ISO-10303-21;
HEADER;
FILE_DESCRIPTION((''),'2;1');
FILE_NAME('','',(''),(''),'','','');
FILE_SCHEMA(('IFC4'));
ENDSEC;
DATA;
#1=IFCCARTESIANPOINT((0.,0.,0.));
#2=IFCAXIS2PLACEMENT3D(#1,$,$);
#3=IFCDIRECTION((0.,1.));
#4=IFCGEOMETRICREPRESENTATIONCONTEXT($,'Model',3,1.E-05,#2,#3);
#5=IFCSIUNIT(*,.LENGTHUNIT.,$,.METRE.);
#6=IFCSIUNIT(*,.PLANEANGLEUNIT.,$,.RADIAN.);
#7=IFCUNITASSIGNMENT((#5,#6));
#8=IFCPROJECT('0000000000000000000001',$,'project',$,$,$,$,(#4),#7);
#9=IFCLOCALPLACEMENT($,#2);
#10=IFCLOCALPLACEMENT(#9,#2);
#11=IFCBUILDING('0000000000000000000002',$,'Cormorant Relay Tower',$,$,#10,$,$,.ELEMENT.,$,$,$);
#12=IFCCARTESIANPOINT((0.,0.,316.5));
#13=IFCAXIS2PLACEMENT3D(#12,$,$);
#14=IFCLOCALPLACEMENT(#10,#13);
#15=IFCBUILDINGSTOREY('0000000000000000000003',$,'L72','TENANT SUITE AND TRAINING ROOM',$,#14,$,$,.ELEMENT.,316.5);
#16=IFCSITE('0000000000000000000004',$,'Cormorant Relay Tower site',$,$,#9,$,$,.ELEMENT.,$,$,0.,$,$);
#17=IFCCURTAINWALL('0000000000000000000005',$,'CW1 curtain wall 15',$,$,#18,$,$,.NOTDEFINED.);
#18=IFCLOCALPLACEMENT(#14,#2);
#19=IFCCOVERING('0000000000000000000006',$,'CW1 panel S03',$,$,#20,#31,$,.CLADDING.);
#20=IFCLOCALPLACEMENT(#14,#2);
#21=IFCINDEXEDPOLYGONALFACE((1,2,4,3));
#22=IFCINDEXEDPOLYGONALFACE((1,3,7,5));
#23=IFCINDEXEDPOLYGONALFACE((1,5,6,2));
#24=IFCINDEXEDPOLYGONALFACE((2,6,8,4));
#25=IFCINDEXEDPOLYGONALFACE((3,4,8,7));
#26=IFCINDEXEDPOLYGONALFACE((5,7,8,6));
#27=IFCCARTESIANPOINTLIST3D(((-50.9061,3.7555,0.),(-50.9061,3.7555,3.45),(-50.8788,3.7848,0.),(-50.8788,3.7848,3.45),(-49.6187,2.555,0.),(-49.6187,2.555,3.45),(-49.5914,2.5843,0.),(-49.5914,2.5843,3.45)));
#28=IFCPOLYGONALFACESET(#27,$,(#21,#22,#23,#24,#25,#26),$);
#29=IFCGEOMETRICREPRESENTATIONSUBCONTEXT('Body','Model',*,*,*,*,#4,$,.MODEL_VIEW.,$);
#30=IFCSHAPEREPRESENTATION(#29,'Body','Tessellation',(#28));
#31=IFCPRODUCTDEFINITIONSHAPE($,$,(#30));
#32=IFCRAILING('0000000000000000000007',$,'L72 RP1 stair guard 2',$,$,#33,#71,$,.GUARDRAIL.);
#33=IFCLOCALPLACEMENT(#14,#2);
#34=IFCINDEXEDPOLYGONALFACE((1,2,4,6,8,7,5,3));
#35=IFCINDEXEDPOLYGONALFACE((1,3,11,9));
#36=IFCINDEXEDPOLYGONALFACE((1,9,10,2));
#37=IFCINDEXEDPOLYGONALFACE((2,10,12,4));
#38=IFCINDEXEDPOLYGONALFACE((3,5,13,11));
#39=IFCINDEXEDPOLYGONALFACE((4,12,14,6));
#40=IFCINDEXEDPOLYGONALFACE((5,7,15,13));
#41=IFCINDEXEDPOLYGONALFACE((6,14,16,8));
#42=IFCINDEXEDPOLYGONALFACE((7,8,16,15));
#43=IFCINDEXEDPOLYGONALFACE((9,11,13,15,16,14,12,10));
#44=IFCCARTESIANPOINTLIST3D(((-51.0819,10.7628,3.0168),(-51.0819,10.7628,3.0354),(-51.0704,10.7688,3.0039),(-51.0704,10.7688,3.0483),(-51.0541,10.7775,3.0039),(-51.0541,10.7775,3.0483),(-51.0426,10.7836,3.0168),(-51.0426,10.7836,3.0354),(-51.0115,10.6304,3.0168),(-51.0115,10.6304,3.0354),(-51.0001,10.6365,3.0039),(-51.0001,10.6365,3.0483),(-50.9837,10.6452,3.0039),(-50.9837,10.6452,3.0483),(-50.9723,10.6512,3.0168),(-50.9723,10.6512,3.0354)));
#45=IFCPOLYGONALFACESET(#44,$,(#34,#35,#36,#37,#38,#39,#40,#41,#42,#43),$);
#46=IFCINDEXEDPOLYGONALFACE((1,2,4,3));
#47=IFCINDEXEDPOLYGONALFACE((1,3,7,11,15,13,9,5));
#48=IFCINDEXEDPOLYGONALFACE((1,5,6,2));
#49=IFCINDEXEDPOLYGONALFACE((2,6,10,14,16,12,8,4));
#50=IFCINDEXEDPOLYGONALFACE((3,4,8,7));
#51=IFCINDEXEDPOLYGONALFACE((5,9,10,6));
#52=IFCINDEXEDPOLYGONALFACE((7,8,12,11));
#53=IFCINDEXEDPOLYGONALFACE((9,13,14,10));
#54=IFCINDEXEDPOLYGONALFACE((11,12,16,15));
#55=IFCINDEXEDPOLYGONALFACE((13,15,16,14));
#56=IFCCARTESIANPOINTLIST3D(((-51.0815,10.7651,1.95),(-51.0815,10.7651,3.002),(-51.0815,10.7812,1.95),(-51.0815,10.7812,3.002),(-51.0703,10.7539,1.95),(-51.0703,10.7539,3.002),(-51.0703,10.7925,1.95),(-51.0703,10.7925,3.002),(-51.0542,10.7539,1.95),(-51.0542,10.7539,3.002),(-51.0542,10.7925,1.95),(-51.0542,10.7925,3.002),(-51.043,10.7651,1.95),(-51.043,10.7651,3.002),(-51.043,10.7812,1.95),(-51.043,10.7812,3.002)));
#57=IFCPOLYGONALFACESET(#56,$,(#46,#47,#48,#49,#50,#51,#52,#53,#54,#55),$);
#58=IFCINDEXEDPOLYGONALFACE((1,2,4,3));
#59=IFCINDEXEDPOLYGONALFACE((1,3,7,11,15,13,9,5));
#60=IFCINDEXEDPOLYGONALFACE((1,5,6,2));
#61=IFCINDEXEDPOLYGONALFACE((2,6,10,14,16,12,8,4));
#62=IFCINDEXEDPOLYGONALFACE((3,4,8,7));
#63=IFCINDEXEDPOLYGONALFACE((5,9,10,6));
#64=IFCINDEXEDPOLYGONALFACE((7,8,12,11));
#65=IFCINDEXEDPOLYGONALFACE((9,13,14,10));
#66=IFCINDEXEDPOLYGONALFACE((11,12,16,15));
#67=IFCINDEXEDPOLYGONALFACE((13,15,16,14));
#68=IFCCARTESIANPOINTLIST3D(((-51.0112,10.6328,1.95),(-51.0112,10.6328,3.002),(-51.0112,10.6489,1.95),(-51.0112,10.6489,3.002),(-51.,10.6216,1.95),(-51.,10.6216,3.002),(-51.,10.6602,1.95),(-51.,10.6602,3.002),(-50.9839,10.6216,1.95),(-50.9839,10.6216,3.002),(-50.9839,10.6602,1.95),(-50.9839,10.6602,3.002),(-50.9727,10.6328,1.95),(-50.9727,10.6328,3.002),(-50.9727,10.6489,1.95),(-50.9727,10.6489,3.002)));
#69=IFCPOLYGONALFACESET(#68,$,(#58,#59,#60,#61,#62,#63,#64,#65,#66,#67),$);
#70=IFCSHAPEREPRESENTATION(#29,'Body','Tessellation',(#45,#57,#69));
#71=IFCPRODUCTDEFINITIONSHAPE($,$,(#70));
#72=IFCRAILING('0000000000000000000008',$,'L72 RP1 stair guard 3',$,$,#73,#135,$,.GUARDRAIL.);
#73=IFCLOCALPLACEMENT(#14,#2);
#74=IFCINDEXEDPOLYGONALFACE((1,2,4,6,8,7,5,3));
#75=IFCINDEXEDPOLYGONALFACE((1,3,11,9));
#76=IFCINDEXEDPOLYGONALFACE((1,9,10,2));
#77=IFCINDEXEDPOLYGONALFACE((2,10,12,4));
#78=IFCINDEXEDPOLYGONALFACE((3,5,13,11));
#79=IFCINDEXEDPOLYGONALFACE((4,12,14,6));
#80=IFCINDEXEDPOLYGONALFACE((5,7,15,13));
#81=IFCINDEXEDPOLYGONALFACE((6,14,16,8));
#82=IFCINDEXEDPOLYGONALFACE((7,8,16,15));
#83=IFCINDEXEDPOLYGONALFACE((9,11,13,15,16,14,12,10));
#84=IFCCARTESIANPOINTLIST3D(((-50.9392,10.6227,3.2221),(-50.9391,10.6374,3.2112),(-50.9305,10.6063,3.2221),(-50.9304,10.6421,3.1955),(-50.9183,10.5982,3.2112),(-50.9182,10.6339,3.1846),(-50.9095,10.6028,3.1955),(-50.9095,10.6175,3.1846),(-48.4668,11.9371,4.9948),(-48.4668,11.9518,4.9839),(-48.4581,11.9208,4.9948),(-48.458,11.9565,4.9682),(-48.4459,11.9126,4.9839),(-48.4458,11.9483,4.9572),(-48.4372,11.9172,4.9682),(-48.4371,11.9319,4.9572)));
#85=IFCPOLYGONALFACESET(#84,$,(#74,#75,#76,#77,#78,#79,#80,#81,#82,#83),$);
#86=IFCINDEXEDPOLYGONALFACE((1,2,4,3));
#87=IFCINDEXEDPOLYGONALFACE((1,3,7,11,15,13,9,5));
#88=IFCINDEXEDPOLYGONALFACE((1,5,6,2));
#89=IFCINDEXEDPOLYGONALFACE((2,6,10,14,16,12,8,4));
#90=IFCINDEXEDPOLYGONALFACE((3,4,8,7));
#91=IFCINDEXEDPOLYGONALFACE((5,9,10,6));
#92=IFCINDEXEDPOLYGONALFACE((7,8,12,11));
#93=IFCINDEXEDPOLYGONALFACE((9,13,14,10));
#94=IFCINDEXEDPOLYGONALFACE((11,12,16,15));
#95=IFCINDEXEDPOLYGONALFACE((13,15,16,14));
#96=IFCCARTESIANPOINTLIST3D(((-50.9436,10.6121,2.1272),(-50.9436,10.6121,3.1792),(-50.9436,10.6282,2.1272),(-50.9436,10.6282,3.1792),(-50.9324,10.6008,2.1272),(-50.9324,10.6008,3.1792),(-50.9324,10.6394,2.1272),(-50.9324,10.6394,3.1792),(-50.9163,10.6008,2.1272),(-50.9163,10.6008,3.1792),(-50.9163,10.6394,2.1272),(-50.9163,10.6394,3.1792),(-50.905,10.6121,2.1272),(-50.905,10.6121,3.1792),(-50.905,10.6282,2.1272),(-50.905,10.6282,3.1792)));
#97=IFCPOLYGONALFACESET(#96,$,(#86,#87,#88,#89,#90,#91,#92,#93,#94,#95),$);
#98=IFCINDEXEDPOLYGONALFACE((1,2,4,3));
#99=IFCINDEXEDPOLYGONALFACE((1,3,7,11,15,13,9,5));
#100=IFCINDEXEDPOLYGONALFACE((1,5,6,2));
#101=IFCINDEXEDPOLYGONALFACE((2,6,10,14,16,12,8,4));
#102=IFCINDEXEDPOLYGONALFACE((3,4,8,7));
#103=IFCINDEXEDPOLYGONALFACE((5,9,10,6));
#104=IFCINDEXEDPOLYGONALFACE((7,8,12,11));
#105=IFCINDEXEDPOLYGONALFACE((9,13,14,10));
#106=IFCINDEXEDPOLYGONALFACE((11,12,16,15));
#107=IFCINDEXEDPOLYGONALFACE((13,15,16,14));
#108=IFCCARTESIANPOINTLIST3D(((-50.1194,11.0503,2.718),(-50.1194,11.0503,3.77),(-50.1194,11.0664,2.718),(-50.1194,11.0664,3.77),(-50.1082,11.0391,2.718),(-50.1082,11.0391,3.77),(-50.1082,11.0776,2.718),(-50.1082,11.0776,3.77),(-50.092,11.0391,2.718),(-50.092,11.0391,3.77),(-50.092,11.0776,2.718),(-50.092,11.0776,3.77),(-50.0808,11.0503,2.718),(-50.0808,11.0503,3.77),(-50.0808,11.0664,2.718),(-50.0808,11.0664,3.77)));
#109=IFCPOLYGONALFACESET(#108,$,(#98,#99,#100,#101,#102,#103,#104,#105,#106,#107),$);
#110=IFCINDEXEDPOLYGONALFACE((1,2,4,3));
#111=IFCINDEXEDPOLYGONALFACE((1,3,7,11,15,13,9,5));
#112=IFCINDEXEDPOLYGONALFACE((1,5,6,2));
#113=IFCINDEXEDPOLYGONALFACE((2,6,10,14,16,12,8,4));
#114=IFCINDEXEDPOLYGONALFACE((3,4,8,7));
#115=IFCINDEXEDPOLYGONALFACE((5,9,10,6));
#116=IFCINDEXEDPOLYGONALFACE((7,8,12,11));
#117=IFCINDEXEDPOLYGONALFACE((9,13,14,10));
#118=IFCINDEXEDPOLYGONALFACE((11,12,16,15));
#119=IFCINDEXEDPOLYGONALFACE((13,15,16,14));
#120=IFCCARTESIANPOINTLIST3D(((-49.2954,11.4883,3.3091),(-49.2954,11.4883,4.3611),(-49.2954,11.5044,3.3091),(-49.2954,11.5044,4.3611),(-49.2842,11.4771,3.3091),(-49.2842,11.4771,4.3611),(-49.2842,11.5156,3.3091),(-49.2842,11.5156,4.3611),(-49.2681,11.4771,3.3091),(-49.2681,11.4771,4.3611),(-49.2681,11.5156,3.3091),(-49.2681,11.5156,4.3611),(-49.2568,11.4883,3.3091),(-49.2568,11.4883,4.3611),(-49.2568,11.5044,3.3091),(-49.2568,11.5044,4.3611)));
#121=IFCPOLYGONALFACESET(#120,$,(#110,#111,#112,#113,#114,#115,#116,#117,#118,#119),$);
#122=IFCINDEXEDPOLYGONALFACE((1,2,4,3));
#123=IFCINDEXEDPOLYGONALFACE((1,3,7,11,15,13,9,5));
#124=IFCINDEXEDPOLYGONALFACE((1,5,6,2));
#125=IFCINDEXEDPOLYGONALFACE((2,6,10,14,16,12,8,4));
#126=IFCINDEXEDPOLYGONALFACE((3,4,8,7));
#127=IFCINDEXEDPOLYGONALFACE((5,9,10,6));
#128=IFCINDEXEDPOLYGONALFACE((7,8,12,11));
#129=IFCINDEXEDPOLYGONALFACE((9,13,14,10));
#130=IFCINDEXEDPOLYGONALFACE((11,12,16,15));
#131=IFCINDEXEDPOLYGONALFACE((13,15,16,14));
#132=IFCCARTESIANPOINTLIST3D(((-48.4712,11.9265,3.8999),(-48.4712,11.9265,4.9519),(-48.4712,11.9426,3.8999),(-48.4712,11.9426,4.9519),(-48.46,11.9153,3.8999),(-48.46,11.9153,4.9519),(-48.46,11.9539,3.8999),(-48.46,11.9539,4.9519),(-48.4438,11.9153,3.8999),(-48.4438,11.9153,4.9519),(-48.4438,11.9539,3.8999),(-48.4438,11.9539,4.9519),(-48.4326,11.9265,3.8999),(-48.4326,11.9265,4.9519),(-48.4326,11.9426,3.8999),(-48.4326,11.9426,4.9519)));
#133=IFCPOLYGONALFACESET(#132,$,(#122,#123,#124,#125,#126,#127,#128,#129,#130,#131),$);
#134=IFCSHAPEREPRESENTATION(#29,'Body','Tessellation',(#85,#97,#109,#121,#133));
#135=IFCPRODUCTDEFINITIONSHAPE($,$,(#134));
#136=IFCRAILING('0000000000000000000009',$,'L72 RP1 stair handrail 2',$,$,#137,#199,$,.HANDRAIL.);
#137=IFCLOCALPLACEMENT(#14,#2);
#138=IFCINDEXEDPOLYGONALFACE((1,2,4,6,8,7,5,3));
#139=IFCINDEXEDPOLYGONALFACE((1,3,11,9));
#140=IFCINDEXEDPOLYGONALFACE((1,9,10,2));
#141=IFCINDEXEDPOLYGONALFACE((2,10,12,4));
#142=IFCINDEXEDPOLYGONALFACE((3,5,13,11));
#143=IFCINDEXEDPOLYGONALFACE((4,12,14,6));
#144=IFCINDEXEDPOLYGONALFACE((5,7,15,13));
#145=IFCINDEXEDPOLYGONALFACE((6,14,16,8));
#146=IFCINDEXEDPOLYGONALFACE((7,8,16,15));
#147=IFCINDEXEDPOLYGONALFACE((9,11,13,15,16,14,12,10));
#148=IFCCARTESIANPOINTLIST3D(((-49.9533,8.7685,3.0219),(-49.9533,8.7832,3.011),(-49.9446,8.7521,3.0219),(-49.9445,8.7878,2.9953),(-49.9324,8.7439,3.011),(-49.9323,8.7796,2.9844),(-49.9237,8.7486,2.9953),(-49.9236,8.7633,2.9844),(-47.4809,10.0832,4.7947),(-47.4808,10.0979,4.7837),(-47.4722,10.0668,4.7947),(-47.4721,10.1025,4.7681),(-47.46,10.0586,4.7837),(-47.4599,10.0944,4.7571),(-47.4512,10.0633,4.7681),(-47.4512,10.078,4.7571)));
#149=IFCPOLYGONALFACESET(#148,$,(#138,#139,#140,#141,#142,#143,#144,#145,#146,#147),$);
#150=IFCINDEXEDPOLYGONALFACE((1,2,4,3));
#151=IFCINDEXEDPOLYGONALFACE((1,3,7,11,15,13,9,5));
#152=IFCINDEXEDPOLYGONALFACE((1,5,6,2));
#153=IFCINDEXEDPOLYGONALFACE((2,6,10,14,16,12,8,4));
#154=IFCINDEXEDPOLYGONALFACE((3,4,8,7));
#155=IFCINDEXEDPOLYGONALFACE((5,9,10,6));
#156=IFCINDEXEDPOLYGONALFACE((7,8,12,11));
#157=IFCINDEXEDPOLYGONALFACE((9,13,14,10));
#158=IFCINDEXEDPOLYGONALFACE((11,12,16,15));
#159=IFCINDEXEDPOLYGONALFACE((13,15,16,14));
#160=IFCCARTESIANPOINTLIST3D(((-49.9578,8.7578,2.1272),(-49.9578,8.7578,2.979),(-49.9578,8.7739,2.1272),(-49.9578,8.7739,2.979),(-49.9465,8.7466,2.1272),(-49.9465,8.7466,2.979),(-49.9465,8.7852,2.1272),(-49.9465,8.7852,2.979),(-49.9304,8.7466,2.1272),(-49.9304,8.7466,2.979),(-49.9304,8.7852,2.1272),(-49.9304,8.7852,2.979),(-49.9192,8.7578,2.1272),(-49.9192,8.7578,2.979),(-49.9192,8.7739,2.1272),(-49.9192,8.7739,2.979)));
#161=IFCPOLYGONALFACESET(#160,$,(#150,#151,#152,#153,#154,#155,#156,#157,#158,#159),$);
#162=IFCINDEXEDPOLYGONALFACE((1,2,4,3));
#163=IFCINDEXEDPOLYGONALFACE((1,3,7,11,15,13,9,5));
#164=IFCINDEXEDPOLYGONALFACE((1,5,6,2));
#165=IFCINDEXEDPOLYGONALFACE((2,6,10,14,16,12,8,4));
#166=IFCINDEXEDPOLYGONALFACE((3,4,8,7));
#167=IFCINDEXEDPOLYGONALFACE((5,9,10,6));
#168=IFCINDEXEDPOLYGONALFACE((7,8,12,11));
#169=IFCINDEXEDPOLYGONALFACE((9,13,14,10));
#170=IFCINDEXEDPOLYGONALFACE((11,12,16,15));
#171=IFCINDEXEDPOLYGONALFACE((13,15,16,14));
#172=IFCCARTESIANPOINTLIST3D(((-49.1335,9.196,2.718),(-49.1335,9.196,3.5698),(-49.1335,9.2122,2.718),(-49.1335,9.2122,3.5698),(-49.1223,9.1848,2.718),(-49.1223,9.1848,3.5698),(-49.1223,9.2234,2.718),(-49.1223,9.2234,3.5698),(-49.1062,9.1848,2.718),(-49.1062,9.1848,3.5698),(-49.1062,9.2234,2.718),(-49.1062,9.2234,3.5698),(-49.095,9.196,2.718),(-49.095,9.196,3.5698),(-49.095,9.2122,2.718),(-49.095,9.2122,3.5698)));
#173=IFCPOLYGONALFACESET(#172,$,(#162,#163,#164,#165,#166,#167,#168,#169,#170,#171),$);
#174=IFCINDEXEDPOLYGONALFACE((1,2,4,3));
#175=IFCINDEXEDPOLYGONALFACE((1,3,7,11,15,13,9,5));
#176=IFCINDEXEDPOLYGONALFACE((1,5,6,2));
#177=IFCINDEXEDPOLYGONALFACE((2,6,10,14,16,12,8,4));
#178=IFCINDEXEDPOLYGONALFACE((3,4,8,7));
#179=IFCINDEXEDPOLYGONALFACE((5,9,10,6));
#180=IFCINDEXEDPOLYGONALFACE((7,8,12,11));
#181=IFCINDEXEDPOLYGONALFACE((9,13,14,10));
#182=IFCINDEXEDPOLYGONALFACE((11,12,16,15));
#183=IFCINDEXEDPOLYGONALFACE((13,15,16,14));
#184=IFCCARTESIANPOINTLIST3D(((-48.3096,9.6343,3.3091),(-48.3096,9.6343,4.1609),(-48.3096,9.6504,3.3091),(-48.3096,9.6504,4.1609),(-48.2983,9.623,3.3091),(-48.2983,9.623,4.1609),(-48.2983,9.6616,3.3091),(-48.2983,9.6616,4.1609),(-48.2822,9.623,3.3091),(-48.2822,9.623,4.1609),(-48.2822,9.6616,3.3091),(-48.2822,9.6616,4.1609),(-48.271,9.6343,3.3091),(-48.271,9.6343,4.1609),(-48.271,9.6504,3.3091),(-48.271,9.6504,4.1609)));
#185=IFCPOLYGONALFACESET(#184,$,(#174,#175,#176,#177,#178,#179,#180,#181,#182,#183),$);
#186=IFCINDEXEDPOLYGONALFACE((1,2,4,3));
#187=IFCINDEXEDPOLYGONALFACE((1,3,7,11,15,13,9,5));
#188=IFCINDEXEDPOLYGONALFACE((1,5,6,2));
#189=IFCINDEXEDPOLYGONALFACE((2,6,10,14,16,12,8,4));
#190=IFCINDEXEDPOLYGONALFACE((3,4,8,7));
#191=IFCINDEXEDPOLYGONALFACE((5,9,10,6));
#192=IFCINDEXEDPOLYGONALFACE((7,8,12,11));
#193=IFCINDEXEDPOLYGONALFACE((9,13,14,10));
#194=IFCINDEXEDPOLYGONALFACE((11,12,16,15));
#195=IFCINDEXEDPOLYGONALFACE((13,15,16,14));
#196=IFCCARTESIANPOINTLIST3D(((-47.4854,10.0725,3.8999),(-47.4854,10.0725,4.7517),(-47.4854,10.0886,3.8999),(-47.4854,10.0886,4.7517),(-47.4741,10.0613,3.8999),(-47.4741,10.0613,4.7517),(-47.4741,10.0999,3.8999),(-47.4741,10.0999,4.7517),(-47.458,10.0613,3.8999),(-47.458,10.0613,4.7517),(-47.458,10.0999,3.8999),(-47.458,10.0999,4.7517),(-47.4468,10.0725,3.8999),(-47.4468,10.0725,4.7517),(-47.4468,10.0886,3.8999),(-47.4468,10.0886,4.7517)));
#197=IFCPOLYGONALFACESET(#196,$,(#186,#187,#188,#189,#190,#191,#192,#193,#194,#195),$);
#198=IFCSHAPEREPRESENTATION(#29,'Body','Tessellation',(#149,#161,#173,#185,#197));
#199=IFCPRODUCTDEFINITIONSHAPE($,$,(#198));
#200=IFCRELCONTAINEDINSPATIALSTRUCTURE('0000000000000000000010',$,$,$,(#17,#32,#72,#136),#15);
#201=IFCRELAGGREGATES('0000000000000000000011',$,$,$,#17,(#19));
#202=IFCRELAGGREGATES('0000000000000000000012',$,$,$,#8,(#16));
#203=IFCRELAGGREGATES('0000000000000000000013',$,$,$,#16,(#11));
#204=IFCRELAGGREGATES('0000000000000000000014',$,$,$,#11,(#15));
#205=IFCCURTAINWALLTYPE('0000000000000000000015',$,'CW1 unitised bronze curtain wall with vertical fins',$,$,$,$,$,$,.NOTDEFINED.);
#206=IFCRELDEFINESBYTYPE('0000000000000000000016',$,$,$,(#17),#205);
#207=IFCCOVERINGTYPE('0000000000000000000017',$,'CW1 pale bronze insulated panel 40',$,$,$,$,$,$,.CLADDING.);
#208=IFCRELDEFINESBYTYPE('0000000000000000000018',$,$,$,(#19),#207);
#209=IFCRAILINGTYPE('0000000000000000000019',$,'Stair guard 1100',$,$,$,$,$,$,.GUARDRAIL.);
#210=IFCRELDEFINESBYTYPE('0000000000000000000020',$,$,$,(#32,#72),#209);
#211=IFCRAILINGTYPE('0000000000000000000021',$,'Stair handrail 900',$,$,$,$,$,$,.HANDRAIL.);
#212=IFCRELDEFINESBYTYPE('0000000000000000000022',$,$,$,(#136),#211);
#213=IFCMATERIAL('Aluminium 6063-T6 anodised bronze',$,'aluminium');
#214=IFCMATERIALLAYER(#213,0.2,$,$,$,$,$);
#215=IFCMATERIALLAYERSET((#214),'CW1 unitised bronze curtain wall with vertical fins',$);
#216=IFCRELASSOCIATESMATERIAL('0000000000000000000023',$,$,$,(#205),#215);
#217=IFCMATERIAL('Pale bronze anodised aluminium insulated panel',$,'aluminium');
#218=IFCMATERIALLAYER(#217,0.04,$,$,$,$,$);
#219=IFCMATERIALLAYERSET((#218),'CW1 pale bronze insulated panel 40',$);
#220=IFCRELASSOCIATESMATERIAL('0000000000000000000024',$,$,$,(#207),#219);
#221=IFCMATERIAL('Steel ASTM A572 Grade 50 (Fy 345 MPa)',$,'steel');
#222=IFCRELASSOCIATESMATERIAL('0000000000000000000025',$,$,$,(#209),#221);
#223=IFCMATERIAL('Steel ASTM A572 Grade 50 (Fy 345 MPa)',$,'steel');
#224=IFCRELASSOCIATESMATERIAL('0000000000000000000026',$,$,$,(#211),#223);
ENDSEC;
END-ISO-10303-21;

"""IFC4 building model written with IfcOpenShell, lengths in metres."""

from ifc_helpers import new_model, si_unit, direction, frame, origin, origin_2d, place, context, subcontext, project, spatial, polyline, rectangle, outline, extrude, material, layer, layer_set, type_object, element, aggregate, save


model = new_model("IFC4")

# Units and contexts
model_context = context("Model", 3, precision=1e-05, world=origin(), true_north=direction((0.0, 1.0)))
body_context = subcontext(model_context, "Body", "Model", "MODEL_VIEW")
ifc_project = project(units=[si_unit("LENGTHUNIT", "METRE"), si_unit("PLANEANGLEUNIT", "RADIAN")], contexts=[model_context])

# Site, building, storey
site_placement = place(None, origin())
site = spatial("IfcSite", under=ifc_project, at=site_placement, Name="Cormorant Relay Tower site", CompositionType="ELEMENT", RefElevation=0.0)
building_placement = place(site_placement, origin())
building = spatial("IfcBuilding", under=site, at=building_placement, Name="Cormorant Relay Tower", CompositionType="ELEMENT")
storey_placement = place(building_placement, frame((0.0, 0.0, 316.5)))
storey = spatial("IfcBuildingStorey", under=building, at=storey_placement, Name="L72", Description="TENANT SUITE AND TRAINING ROOM", CompositionType="ELEMENT", Elevation=316.5)

# Shared definitions
ifc_material_1 = material(Name="Aluminium 6063-T6 anodised bronze", Category="aluminium")
ifc_layer_1 = layer(ifc_material_1, 0.2)
ifc_layer_set_1 = layer_set([ifc_layer_1], Name="CW1 unitised bronze curtain wall with vertical fins")
curtain_wall_type = type_object("IfcCurtainWallType", Name="CW1 unitised bronze curtain wall with vertical fins", PredefinedType="NOTDEFINED", material=ifc_layer_set_1)

# Curtain wall
curtain_wall_1_placement = place(storey_placement, origin())
curtain_wall_1 = element("IfcCurtainWall", 1, at=curtain_wall_1_placement, inside=storey, type_object=curtain_wall_type, Name="CW1 curtain wall 15", PredefinedType="NOTDEFINED")

# Covering
ifc_material_2 = material(Name="Pale bronze anodised aluminium insulated panel", Category="aluminium")
ifc_layer_2 = layer(ifc_material_2, 0.04)
ifc_layer_set_2 = layer_set([ifc_layer_2], Name="CW1 pale bronze insulated panel 40")
covering_type = type_object("IfcCoveringType", Name="CW1 pale bronze insulated panel 40", PredefinedType="CLADDING", material=ifc_layer_set_2)
covering_1_placement = place(storey_placement, frame((-50.2488, 3.1699, 0.0), z_axis=(0.0, 0.0, 1.0), x_axis=(0.731354, -0.681998, 0.0)))
covering_1 = element("IfcCovering", 2, at=covering_1_placement, type_object=covering_type, Name="CW1 panel S03", PredefinedType="CLADDING", context=body_context, shape_type="SweptSolid", body=[
    extrude(rectangle(XDim=1.7603, YDim=0.04, at=origin_2d()), origin(), (0.0, 0.0, 1.0), 3.45),
])
aggregate(curtain_wall_1, [covering_1])

# Railings
ifc_material_3 = material(Name="Steel ASTM A572 Grade 50 (Fy 345 MPa)", Category="steel")
railing_type_1 = type_object("IfcRailingType", Name="Stair guard 1100", PredefinedType="GUARDRAIL", material=ifc_material_3)
railing_1_placement = place(storey_placement, frame((-51.0623, 10.7732, 1.95)))
element("IfcRailing", 3, at=railing_1_placement, inside=storey, type_object=railing_type_1, Name="L72 RP1 stair guard 2", PredefinedType="GUARDRAIL", context=body_context, shape_type="SweptSolid", body=[
    extrude(outline(polyline([(0.0222, 0.0093), (0.0093, 0.0222), (-0.0093, 0.0222), (-0.0222, 0.0093), (-0.0222, -0.0093), (-0.0093, -0.0222), (0.0093, -0.0222), (0.0222, -0.0093), (0.0222, 0.0093)])), frame((0.0, 0.0, 1.0762), z_axis=(0.469235, -0.883074, 0.0), x_axis=(0.883074, 0.469235, 0.0)), (0.0, 0.0, 1.0), 0.1499),
    extrude(outline(polyline([(0.0193, 0.0081), (0.0081, 0.0193), (-0.0081, 0.0193), (-0.0193, 0.0081), (-0.0193, -0.0081), (-0.0081, -0.0193), (0.0081, -0.0193), (0.0193, -0.0081), (0.0193, 0.0081)])), origin(), (0.0, 0.0, 1.0), 1.052),
    extrude(outline(polyline([(0.0193, 0.0081), (0.0081, 0.0193), (-0.0081, 0.0193), (-0.0193, 0.0081), (-0.0193, -0.0081), (-0.0081, -0.0193), (0.0081, -0.0193), (0.0193, -0.0081), (0.0193, 0.0081)])), frame((0.0703, -0.1323, 0.0)), (0.0, 0.0, 1.0), 1.052),
])
railing_2_placement = place(storey_placement, frame((-50.9243, 10.6201, 2.1272)))
element("IfcRailing", 4, at=railing_2_placement, inside=storey, type_object=railing_type_1, Name="L72 RP1 stair guard 3", PredefinedType="GUARDRAIL", context=body_context, shape_type="SweptSolid", body=[
    extrude(outline(polyline([(0.0222, 0.0093), (0.0093, 0.0222), (-0.0093, 0.0222), (-0.0222, 0.0093), (-0.0222, -0.0093), (-0.0093, -0.0222), (0.0093, -0.0222), (0.0222, -0.0093), (0.0222, 0.0093)])), frame((0.0, 0.0, 1.0762), z_axis=(0.746034, 0.396627, 0.534902), x_axis=(-0.469429, 0.88297, 0.0)), (0.0, 0.0, 1.0), 3.314),
    extrude(outline(polyline([(0.0193, 0.0081), (0.0081, 0.0193), (-0.0081, 0.0193), (-0.0193, 0.0081), (-0.0193, -0.0081), (-0.0081, -0.0193), (0.0081, -0.0193), (0.0193, -0.0081), (0.0193, 0.0081)])), origin(), (0.0, 0.0, 1.0), 1.052),
    extrude(outline(polyline([(0.0193, 0.0081), (0.0081, 0.0193), (-0.0081, 0.0193), (-0.0193, 0.0081), (-0.0193, -0.0081), (-0.0081, -0.0193), (0.0081, -0.0193), (0.0193, -0.0081), (0.0193, 0.0081)])), frame((0.8242, 0.4382, 0.5908)), (0.0, 0.0, 1.0), 1.052),
    extrude(outline(polyline([(0.0193, 0.0081), (0.0081, 0.0193), (-0.0081, 0.0193), (-0.0193, 0.0081), (-0.0193, -0.0081), (-0.0081, -0.0193), (0.0081, -0.0193), (0.0193, -0.0081), (0.0193, 0.0081)])), frame((1.6482, 0.8762, 1.1819)), (0.0, 0.0, 1.0), 1.052),
    extrude(outline(polyline([(0.0193, 0.0081), (0.0081, 0.0193), (-0.0081, 0.0193), (-0.0193, 0.0081), (-0.0193, -0.0081), (-0.0081, -0.0193), (0.0081, -0.0193), (0.0193, -0.0081), (0.0193, 0.0081)])), frame((2.4724, 1.3145, 1.7727)), (0.0, 0.0, 1.0), 1.052),
])
ifc_material_4 = material(Name="Steel ASTM A572 Grade 50 (Fy 345 MPa)", Category="steel")
railing_type_2 = type_object("IfcRailingType", Name="Stair handrail 900", PredefinedType="HANDRAIL", material=ifc_material_4)
railing_3_placement = place(storey_placement, frame((-49.9385, 8.7659, 2.1272)))
element("IfcRailing", 5, at=railing_3_placement, inside=storey, type_object=railing_type_2, Name="L72 RP1 stair handrail 2", PredefinedType="HANDRAIL", context=body_context, shape_type="SweptSolid", body=[
    extrude(outline(polyline([(0.0222, 0.0093), (0.0093, 0.0222), (-0.0093, 0.0222), (-0.0222, 0.0093), (-0.0222, -0.0093), (-0.0093, -0.0222), (0.0093, -0.0222), (0.0222, -0.0093), (0.0222, 0.0093)])), frame((0.0, 0.0, 0.876), z_axis=(0.746012, 0.39669, 0.534886), x_axis=(-0.469497, 0.882934, 0.0)), (0.0, 0.0, 1.0), 3.3142),
    extrude(outline(polyline([(0.0193, 0.0081), (0.0081, 0.0193), (-0.0081, 0.0193), (-0.0193, 0.0081), (-0.0193, -0.0081), (-0.0081, -0.0193), (0.0081, -0.0193), (0.0193, -0.0081), (0.0193, 0.0081)])), origin(), (0.0, 0.0, 1.0), 0.8518),
    extrude(outline(polyline([(0.0193, 0.0081), (0.0081, 0.0193), (-0.0081, 0.0193), (-0.0193, 0.0081), (-0.0193, -0.0081), (-0.0081, -0.0193), (0.0081, -0.0193), (0.0193, -0.0081), (0.0193, 0.0081)])), frame((0.8242, 0.4382, 0.5908)), (0.0, 0.0, 1.0), 0.8518),
    extrude(outline(polyline([(0.0193, 0.0081), (0.0081, 0.0193), (-0.0081, 0.0193), (-0.0193, 0.0081), (-0.0193, -0.0081), (-0.0081, -0.0193), (0.0081, -0.0193), (0.0193, -0.0081), (0.0193, 0.0081)])), frame((1.6482, 0.8765, 1.1819)), (0.0, 0.0, 1.0), 0.8518),
    extrude(outline(polyline([(0.0193, 0.0081), (0.0081, 0.0193), (-0.0081, 0.0193), (-0.0193, 0.0081), (-0.0193, -0.0081), (-0.0081, -0.0193), (0.0081, -0.0193), (0.0193, -0.0081), (0.0193, 0.0081)])), frame((2.4724, 1.3147, 1.7727)), (0.0, 0.0, 1.0), 0.8518),
])

save(model, "model.ifc")
